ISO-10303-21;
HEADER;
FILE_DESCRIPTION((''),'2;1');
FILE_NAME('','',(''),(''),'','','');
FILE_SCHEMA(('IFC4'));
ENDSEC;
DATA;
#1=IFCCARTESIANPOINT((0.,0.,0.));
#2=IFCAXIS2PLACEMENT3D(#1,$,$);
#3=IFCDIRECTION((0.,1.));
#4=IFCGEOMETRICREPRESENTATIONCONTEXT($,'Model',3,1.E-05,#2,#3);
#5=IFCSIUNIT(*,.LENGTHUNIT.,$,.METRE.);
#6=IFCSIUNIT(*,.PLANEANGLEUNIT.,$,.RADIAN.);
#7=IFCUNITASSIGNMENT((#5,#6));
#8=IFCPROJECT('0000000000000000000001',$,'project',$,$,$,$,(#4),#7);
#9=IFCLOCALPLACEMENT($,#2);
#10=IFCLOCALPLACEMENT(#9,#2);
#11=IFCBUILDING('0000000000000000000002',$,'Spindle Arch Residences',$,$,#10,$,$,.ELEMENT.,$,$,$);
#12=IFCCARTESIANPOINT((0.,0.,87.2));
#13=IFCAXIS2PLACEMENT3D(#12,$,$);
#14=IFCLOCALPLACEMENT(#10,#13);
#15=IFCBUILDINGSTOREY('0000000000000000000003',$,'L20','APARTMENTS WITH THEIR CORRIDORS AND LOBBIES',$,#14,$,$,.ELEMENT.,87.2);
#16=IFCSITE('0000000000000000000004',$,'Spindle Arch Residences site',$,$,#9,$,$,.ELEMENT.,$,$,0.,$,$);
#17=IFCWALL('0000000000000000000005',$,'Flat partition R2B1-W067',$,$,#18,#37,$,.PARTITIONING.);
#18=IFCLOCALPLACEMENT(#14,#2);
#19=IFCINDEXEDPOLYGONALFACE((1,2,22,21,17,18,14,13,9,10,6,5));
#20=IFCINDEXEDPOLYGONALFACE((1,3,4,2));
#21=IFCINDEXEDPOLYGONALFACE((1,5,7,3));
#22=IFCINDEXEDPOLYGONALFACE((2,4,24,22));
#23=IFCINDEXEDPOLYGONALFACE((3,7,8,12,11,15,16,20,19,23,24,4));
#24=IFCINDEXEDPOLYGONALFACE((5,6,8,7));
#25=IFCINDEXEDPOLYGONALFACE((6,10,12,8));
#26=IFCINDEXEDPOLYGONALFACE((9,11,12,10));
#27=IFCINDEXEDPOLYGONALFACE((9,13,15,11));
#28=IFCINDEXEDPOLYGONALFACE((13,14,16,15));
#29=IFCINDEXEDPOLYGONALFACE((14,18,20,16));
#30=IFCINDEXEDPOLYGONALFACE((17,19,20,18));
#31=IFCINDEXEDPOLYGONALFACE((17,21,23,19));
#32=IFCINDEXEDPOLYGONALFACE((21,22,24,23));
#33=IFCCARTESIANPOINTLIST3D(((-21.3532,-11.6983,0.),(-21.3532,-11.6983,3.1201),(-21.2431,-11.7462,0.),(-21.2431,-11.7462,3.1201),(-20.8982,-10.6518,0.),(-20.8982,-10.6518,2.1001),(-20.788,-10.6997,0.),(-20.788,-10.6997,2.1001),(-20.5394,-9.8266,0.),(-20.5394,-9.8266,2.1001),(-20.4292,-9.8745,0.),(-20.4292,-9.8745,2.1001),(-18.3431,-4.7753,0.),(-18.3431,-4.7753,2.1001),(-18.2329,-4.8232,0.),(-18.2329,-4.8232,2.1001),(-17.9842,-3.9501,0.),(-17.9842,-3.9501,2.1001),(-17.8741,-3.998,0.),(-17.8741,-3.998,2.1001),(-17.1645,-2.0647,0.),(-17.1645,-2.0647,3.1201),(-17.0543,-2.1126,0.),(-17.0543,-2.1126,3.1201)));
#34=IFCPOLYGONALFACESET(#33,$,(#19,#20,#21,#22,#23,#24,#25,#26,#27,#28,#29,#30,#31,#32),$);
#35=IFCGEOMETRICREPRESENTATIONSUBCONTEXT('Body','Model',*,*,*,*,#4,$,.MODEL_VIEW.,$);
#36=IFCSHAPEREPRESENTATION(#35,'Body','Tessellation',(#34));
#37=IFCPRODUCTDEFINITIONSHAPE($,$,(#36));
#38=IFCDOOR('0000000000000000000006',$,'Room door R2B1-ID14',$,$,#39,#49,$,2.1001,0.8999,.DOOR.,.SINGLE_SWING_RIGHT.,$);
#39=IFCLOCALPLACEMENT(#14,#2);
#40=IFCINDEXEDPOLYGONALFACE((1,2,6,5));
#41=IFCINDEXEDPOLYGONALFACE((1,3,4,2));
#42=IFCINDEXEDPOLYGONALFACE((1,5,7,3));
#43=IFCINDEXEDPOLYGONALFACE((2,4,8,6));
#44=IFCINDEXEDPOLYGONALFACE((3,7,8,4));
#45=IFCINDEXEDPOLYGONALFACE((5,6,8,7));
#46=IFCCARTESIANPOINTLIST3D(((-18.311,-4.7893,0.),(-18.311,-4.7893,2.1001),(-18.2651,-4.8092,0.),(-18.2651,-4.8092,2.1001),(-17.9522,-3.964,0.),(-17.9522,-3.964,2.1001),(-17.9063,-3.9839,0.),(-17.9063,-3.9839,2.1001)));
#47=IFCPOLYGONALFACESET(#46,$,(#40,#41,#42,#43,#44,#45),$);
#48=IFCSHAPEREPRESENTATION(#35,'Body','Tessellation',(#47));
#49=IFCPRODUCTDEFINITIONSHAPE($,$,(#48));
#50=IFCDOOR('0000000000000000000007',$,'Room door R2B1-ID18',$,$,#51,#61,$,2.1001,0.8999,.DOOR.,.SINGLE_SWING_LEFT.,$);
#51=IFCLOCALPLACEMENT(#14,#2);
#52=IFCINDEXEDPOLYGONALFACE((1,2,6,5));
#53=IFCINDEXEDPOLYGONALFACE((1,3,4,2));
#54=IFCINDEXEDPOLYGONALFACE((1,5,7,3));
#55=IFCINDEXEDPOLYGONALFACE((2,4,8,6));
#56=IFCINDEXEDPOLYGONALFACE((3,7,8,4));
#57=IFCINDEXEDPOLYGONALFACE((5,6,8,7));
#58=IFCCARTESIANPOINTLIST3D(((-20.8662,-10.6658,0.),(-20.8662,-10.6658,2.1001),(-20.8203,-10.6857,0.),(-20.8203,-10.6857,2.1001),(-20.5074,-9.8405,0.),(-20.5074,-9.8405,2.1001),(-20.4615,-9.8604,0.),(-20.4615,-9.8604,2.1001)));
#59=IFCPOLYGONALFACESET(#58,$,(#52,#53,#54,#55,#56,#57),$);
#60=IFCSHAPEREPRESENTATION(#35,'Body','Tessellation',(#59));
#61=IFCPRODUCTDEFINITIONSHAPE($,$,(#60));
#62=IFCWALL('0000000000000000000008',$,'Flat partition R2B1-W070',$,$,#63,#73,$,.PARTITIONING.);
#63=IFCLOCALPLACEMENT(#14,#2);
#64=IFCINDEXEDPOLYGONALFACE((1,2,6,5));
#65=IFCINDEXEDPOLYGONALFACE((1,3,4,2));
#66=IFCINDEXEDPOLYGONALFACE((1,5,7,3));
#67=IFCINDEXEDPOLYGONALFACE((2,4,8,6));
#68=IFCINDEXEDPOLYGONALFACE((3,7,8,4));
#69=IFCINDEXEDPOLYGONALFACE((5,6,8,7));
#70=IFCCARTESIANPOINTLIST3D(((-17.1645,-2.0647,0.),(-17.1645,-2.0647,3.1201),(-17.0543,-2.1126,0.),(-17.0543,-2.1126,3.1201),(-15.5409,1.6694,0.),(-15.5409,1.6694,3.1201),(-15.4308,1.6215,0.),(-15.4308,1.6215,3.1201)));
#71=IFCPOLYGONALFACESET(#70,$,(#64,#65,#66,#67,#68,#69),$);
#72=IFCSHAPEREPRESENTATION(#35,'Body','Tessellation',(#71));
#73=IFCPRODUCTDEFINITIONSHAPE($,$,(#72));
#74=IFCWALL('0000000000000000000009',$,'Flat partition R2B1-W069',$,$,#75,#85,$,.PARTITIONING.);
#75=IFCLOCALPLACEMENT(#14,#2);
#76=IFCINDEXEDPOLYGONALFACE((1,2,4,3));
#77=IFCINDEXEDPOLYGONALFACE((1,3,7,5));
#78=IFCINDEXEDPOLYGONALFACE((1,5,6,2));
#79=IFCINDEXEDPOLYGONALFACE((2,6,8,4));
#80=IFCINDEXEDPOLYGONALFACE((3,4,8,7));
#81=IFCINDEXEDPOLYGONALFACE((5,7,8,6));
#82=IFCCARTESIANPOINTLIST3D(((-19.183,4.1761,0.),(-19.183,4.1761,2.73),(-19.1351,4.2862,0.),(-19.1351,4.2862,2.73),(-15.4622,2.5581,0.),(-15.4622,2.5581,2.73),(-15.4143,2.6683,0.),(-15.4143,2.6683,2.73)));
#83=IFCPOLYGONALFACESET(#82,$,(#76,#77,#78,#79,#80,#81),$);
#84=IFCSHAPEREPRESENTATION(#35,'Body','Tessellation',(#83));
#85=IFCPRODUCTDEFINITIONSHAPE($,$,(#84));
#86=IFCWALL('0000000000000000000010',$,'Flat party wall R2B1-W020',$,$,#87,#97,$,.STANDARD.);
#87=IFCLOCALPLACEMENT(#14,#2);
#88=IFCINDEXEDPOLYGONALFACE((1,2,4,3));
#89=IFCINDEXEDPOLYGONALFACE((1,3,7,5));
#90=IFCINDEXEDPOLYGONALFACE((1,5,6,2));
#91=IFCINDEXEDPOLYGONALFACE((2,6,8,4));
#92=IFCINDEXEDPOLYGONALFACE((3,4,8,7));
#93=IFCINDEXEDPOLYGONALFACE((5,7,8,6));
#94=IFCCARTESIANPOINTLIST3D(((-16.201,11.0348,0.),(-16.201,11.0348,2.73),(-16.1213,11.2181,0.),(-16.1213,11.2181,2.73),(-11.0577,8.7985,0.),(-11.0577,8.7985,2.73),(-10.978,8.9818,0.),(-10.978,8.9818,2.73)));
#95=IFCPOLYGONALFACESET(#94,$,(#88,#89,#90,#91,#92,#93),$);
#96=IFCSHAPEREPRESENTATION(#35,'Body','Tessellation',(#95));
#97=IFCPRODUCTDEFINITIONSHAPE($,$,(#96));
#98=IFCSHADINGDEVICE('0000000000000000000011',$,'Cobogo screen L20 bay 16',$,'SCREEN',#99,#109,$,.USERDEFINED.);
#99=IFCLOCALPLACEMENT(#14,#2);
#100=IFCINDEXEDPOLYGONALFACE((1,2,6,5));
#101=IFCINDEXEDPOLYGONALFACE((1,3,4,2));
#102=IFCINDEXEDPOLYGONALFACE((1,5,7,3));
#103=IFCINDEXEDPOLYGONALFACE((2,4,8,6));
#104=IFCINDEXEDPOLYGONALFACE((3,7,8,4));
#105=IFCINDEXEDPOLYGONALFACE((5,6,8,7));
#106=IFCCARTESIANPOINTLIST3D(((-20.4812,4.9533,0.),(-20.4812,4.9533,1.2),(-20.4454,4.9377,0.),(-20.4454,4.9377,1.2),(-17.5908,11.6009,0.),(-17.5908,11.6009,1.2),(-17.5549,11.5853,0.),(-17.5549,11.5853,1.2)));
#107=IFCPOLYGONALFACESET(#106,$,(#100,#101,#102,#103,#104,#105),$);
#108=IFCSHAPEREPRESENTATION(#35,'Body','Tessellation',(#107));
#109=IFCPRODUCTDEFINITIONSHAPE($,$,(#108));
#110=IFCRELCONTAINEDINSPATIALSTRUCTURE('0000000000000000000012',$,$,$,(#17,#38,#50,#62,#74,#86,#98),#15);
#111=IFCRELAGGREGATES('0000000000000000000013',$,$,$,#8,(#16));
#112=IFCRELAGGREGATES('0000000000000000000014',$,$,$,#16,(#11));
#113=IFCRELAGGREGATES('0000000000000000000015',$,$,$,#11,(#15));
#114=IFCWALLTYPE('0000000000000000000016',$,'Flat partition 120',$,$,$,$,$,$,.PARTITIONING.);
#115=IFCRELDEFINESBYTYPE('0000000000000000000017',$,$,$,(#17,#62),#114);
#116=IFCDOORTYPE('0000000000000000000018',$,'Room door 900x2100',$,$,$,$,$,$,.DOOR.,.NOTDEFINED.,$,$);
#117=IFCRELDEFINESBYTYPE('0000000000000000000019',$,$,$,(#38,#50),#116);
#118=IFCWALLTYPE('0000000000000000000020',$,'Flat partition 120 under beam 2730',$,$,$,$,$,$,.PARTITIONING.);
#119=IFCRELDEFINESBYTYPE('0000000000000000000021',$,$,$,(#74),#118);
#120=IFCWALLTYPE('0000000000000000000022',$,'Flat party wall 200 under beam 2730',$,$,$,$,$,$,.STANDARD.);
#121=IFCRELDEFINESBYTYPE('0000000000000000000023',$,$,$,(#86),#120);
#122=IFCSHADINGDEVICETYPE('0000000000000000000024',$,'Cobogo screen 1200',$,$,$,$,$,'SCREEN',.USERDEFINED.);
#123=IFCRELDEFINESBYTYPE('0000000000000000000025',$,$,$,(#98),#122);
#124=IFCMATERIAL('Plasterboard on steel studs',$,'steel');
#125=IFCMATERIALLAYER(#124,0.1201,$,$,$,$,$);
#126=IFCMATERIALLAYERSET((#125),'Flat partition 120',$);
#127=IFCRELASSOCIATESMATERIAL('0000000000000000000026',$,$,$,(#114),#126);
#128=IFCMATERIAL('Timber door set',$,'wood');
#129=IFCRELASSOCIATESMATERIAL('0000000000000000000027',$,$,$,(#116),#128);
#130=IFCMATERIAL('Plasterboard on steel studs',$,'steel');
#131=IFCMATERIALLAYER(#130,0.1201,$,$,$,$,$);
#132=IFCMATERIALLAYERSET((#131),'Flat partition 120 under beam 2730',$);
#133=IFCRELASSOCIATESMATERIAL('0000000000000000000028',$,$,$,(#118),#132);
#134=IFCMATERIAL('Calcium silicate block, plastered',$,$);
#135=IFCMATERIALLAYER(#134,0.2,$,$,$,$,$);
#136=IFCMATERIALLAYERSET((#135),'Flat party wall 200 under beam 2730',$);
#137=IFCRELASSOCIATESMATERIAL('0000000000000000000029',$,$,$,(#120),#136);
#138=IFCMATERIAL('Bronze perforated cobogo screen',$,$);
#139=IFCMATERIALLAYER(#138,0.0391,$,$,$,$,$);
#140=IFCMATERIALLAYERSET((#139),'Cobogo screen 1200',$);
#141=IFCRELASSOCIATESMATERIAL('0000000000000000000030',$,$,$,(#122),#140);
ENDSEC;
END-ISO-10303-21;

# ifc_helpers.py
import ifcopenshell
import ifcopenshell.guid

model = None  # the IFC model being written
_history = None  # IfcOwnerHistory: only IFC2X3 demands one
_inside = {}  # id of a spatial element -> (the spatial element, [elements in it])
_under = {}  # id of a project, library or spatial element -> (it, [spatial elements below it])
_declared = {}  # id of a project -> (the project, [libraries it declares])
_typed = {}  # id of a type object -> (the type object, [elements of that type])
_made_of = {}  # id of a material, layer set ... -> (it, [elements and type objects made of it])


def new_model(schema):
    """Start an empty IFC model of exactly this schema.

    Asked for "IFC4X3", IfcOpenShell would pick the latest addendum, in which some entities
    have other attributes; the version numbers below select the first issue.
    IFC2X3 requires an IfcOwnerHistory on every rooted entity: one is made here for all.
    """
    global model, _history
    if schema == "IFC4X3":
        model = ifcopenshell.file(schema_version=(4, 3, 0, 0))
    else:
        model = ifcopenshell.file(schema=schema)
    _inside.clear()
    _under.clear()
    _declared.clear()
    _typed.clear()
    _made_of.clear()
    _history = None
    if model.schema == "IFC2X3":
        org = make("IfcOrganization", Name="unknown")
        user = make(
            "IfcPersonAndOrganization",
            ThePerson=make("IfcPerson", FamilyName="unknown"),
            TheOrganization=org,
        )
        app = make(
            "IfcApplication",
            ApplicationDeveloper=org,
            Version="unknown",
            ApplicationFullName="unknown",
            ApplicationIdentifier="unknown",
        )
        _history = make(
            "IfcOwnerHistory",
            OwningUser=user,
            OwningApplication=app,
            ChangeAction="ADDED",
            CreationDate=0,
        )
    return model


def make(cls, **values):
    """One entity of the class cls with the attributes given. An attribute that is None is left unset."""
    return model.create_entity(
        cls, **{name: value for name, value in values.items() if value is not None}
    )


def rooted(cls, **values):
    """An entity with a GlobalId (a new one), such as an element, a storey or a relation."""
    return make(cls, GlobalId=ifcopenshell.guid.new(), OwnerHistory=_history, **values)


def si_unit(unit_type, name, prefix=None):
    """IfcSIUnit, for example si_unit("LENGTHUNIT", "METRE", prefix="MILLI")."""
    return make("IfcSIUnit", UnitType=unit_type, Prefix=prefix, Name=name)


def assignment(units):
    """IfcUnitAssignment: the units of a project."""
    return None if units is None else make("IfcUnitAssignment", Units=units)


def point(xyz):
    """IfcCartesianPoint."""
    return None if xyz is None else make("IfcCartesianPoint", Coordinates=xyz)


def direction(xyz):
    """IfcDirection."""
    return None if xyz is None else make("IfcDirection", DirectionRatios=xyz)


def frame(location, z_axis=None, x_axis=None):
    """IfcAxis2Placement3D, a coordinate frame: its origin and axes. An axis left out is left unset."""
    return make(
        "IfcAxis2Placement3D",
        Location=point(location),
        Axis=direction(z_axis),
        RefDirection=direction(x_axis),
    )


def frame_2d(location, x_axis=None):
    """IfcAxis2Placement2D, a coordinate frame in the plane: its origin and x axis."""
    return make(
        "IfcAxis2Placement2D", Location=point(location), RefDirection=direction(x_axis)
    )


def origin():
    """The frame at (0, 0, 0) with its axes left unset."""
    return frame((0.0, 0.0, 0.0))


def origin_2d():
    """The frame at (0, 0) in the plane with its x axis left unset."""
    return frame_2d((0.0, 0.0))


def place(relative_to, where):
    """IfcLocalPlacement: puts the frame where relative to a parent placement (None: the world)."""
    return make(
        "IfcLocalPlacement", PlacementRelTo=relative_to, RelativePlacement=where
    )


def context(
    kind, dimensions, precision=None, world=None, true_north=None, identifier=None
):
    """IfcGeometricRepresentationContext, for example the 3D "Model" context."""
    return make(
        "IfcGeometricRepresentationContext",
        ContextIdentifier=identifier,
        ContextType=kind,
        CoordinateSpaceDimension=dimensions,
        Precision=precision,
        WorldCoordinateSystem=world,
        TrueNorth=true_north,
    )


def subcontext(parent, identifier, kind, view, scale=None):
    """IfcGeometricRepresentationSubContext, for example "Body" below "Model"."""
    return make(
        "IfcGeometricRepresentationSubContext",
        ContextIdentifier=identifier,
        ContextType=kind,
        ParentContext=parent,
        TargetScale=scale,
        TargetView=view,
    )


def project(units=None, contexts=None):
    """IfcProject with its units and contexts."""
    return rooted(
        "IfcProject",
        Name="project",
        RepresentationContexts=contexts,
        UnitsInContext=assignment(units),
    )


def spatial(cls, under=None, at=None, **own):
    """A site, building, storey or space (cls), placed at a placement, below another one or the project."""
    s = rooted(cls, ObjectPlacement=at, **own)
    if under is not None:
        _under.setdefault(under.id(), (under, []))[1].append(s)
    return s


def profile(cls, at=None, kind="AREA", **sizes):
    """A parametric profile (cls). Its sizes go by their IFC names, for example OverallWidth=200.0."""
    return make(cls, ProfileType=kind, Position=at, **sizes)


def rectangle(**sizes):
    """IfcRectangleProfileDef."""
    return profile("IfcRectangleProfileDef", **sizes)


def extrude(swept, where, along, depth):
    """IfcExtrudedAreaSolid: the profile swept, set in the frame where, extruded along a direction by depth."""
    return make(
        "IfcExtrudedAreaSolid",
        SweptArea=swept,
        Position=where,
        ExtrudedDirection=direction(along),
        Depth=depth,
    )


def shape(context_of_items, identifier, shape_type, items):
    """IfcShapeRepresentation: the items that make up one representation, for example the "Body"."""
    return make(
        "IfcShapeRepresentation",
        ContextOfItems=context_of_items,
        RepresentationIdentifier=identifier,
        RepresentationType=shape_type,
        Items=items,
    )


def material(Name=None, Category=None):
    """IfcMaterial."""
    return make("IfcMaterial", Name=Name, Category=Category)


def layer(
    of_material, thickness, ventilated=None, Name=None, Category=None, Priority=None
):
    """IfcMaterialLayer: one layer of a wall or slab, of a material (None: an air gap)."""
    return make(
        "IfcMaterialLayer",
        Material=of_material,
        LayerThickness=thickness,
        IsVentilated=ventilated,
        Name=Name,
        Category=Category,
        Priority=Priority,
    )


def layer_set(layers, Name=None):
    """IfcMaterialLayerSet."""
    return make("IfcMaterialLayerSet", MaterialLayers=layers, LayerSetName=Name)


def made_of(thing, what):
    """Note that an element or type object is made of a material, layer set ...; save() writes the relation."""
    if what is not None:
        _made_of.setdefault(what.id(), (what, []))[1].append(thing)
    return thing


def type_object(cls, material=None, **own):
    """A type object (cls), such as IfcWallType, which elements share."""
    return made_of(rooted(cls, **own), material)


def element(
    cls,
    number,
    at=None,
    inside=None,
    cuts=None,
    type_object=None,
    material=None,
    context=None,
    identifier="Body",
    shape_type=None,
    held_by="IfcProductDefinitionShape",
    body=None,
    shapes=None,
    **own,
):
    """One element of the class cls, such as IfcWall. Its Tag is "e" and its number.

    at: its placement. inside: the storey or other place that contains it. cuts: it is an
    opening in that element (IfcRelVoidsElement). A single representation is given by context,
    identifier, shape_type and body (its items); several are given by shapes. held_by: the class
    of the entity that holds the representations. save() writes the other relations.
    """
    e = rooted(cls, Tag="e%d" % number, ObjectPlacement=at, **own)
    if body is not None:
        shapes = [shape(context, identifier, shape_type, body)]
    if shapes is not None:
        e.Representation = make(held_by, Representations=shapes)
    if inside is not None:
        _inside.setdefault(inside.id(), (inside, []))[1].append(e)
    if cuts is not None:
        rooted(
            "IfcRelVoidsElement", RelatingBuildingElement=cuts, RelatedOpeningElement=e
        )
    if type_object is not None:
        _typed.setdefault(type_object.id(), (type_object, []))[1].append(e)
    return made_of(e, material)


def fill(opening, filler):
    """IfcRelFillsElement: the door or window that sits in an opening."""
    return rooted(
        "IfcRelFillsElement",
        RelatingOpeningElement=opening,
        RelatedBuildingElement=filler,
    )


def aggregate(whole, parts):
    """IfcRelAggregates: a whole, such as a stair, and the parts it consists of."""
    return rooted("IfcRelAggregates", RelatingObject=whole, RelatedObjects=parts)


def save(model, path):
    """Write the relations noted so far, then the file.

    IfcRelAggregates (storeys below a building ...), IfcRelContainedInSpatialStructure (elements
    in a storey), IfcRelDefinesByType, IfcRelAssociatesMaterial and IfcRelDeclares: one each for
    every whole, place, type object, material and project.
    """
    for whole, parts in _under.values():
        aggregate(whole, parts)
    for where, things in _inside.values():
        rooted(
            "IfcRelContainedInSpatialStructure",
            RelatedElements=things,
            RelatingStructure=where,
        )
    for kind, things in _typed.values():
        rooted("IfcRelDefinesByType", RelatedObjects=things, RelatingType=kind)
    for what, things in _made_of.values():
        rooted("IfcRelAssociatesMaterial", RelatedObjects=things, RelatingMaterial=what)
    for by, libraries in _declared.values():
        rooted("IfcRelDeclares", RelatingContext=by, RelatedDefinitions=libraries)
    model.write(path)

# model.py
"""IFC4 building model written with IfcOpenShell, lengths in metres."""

from ifc_helpers import new_model, si_unit, direction, frame, frame_2d, origin, origin_2d, place, context, subcontext, project, spatial, rectangle, extrude, material, layer, layer_set, type_object, element, fill, save


model = new_model("IFC4")

# Units and contexts
model_context = context("Model", 3, precision=1e-05, world=origin(), true_north=direction((0.0, 1.0)))
body_context = subcontext(model_context, "Body", "Model", "MODEL_VIEW")
ifc_project = project(units=[si_unit("LENGTHUNIT", "METRE"), si_unit("PLANEANGLEUNIT", "RADIAN")], contexts=[model_context])

# Site, building, storey
site_placement = place(None, origin())
site = spatial("IfcSite", under=ifc_project, at=site_placement, Name="Spindle Arch Residences site", CompositionType="ELEMENT", RefElevation=0.0)
building_placement = place(site_placement, origin())
building = spatial("IfcBuilding", under=site, at=building_placement, Name="Spindle Arch Residences", CompositionType="ELEMENT")
storey_placement = place(building_placement, frame((0.0, 0.0, 87.2)))
storey = spatial("IfcBuildingStorey", under=building, at=storey_placement, Name="L20", Description="APARTMENTS WITH THEIR CORRIDORS AND LOBBIES", CompositionType="ELEMENT", Elevation=87.2)

# Shared definitions
ifc_material_1 = material(Name="Plasterboard on steel studs", Category="steel")
ifc_layer_1 = layer(ifc_material_1, 0.1201)
ifc_layer_set_1 = layer_set([ifc_layer_1], Name="Flat partition 120")
wall_type_1 = type_object("IfcWallType", Name="Flat partition 120", PredefinedType="PARTITIONING", material=ifc_layer_set_1)

# Wall, openings, doors
wall_1_placement = place(storey_placement, frame((-17.1094, -2.0886, 0.0), z_axis=(0.0, 0.0, 1.0), x_axis=(-0.398744, -0.917062, 0.0)))
wall_1 = element("IfcWall", 1, at=wall_1_placement, inside=storey, type_object=wall_type_1, Name="Flat partition R2B1-W067", PredefinedType="PARTITIONING", context=body_context, shape_type="SweptSolid", body=[
    extrude(rectangle(XDim=10.5049, YDim=0.1201, at=frame_2d((5.2524, 0.0))), origin(), (0.0, 0.0, 1.0), 3.1201),
])
opening_1_placement = place(wall_1_placement, frame((2.0559, 0.0, 0.0)))
opening_1 = element("IfcOpeningElement", 2, at=opening_1_placement, cuts=wall_1, PredefinedType="OPENING", context=body_context, shape_type="SweptSolid", body=[
    extrude(rectangle(XDim=0.8999, YDim=2.1001, at=frame_2d((0.45, 1.05))), frame((0.0, 0.0701, 0.0), z_axis=(0.0, -1.0, 0.0), x_axis=(1.0, 0.0, 0.0)), (0.0, 0.0, 1.0), 0.1401),
])
opening_2_placement = place(wall_1_placement, frame((8.4639, 0.0, 0.0)))
opening_2 = element("IfcOpeningElement", 3, at=opening_2_placement, cuts=wall_1, PredefinedType="OPENING", context=body_context, shape_type="SweptSolid", body=[
    extrude(rectangle(XDim=0.8999, YDim=2.1001, at=frame_2d((0.45, 1.05))), frame((0.0, 0.0701, 0.0), z_axis=(0.0, -1.0, 0.0), x_axis=(1.0, 0.0, 0.0)), (0.0, 0.0, 1.0), 0.1401),
])
ifc_material_2 = material(Name="Timber door set", Category="wood")
door_type_1 = type_object("IfcDoorType", Name="Room door 900x2100", OperationType="NOTDEFINED", PredefinedType="DOOR", material=ifc_material_2)
door_1_placement = place(opening_1_placement, origin())
door_1 = element("IfcDoor", 4, at=door_1_placement, inside=storey, type_object=door_type_1, Name="Room door R2B1-ID14", OperationType="SINGLE_SWING_RIGHT", OverallHeight=2.1001, OverallWidth=0.8999, PredefinedType="DOOR", context=body_context, shape_type="SweptSolid", body=[
    extrude(rectangle(XDim=0.8999, YDim=2.1001, at=frame_2d((0.45, 1.05))), frame((0.0, 0.0249, 0.0), z_axis=(0.0, -1.0, 0.0), x_axis=(1.0, 0.0, 0.0)), (0.0, 0.0, 1.0), 0.05),
])
fill(opening_1, door_1)
door_2_placement = place(opening_2_placement, origin())
door_2 = element("IfcDoor", 5, at=door_2_placement, inside=storey, type_object=door_type_1, Name="Room door R2B1-ID18", OperationType="SINGLE_SWING_LEFT", OverallHeight=2.1001, OverallWidth=0.8999, PredefinedType="DOOR", context=body_context, shape_type="SweptSolid", body=[
    extrude(rectangle(XDim=0.8999, YDim=2.1001, at=frame_2d((0.45, 1.05))), frame((0.0, 0.0249, 0.0), z_axis=(0.0, -1.0, 0.0), x_axis=(1.0, 0.0, 0.0)), (0.0, 0.0, 1.0), 0.05),
])
fill(opening_2, door_2)

# Walls
wall_2_placement = place(storey_placement, frame((-17.1094, -2.0886, 0.0), z_axis=(0.0, 0.0, 1.0), x_axis=(0.398726, 0.91707, 0.0)))
element("IfcWall", 6, at=wall_2_placement, inside=storey, type_object=wall_type_1, Name="Flat partition R2B1-W070", PredefinedType="PARTITIONING", context=body_context, shape_type="SweptSolid", body=[
    extrude(rectangle(XDim=4.0718, YDim=0.1201, at=frame_2d((2.0359, 0.0))), origin(), (0.0, 0.0, 1.0), 3.1201),
])
ifc_material_3 = material(Name="Plasterboard on steel studs", Category="steel")
ifc_layer_2 = layer(ifc_material_3, 0.1201)
ifc_layer_set_2 = layer_set([ifc_layer_2], Name="Flat partition 120 under beam 2730")
wall_type_2 = type_object("IfcWallType", Name="Flat partition 120 under beam 2730", PredefinedType="PARTITIONING", material=ifc_layer_set_2)
wall_3_placement = place(storey_placement, frame((-19.1592, 4.2312, 0.0), z_axis=(0.0, 0.0, 1.0), x_axis=(0.91705, -0.398772, 0.0)))
element("IfcWall", 7, at=wall_3_placement, inside=storey, type_object=wall_type_2, Name="Flat partition R2B1-W069", PredefinedType="PARTITIONING", context=body_context, shape_type="SweptSolid", body=[
    extrude(rectangle(XDim=4.0574, YDim=0.1201, at=frame_2d((2.0288, 0.0))), origin(), (0.0, 0.0, 1.0), 2.73),
])
ifc_material_4 = material(Name="Calcium silicate block, plastered")
ifc_layer_3 = layer(ifc_material_4, 0.2)
ifc_layer_set_3 = layer_set([ifc_layer_3], Name="Flat party wall 200 under beam 2730")
wall_type_3 = type_object("IfcWallType", Name="Flat party wall 200 under beam 2730", PredefinedType="STANDARD", material=ifc_layer_set_3)
wall_4_placement = place(storey_placement, frame((-16.1611, 11.1265, 0.0), z_axis=(0.0, 0.0, 1.0), x_axis=(0.917063, -0.398742, 0.0)))
element("IfcWall", 8, at=wall_4_placement, inside=storey, type_object=wall_type_3, Name="Flat party wall R2B1-W020", PredefinedType="STANDARD", context=body_context, shape_type="SweptSolid", body=[
    extrude(rectangle(XDim=5.6084, YDim=0.2, at=frame_2d((2.8042, 0.0))), origin(), (0.0, 0.0, 1.0), 2.73),
])

# Shading device
ifc_material_5 = material(Name="Bronze perforated cobogo screen")
ifc_layer_4 = layer(ifc_material_5, 0.0391)
ifc_layer_set_4 = layer_set([ifc_layer_4], Name="Cobogo screen 1200")
shading_device_type = type_object("IfcShadingDeviceType", Name="Cobogo screen 1200", ElementType="SCREEN", PredefinedType="USERDEFINED", material=ifc_layer_set_4)
shading_device_placement = place(storey_placement, frame((-19.0181, 8.2693, 0.0), z_axis=(0.0, 0.0, 1.0), x_axis=(-0.398749, -0.91706, 0.0)))
element("IfcShadingDevice", 9, at=shading_device_placement, inside=storey, type_object=shading_device_type, Name="Cobogo screen L20 bay 16", ObjectType="SCREEN", PredefinedType="USERDEFINED", context=body_context, shape_type="SweptSolid", body=[
    extrude(rectangle(XDim=7.2488, YDim=0.0391, at=origin_2d()), origin(), (0.0, 0.0, 1.0), 1.2),
])

save(model, "model.ifc")
